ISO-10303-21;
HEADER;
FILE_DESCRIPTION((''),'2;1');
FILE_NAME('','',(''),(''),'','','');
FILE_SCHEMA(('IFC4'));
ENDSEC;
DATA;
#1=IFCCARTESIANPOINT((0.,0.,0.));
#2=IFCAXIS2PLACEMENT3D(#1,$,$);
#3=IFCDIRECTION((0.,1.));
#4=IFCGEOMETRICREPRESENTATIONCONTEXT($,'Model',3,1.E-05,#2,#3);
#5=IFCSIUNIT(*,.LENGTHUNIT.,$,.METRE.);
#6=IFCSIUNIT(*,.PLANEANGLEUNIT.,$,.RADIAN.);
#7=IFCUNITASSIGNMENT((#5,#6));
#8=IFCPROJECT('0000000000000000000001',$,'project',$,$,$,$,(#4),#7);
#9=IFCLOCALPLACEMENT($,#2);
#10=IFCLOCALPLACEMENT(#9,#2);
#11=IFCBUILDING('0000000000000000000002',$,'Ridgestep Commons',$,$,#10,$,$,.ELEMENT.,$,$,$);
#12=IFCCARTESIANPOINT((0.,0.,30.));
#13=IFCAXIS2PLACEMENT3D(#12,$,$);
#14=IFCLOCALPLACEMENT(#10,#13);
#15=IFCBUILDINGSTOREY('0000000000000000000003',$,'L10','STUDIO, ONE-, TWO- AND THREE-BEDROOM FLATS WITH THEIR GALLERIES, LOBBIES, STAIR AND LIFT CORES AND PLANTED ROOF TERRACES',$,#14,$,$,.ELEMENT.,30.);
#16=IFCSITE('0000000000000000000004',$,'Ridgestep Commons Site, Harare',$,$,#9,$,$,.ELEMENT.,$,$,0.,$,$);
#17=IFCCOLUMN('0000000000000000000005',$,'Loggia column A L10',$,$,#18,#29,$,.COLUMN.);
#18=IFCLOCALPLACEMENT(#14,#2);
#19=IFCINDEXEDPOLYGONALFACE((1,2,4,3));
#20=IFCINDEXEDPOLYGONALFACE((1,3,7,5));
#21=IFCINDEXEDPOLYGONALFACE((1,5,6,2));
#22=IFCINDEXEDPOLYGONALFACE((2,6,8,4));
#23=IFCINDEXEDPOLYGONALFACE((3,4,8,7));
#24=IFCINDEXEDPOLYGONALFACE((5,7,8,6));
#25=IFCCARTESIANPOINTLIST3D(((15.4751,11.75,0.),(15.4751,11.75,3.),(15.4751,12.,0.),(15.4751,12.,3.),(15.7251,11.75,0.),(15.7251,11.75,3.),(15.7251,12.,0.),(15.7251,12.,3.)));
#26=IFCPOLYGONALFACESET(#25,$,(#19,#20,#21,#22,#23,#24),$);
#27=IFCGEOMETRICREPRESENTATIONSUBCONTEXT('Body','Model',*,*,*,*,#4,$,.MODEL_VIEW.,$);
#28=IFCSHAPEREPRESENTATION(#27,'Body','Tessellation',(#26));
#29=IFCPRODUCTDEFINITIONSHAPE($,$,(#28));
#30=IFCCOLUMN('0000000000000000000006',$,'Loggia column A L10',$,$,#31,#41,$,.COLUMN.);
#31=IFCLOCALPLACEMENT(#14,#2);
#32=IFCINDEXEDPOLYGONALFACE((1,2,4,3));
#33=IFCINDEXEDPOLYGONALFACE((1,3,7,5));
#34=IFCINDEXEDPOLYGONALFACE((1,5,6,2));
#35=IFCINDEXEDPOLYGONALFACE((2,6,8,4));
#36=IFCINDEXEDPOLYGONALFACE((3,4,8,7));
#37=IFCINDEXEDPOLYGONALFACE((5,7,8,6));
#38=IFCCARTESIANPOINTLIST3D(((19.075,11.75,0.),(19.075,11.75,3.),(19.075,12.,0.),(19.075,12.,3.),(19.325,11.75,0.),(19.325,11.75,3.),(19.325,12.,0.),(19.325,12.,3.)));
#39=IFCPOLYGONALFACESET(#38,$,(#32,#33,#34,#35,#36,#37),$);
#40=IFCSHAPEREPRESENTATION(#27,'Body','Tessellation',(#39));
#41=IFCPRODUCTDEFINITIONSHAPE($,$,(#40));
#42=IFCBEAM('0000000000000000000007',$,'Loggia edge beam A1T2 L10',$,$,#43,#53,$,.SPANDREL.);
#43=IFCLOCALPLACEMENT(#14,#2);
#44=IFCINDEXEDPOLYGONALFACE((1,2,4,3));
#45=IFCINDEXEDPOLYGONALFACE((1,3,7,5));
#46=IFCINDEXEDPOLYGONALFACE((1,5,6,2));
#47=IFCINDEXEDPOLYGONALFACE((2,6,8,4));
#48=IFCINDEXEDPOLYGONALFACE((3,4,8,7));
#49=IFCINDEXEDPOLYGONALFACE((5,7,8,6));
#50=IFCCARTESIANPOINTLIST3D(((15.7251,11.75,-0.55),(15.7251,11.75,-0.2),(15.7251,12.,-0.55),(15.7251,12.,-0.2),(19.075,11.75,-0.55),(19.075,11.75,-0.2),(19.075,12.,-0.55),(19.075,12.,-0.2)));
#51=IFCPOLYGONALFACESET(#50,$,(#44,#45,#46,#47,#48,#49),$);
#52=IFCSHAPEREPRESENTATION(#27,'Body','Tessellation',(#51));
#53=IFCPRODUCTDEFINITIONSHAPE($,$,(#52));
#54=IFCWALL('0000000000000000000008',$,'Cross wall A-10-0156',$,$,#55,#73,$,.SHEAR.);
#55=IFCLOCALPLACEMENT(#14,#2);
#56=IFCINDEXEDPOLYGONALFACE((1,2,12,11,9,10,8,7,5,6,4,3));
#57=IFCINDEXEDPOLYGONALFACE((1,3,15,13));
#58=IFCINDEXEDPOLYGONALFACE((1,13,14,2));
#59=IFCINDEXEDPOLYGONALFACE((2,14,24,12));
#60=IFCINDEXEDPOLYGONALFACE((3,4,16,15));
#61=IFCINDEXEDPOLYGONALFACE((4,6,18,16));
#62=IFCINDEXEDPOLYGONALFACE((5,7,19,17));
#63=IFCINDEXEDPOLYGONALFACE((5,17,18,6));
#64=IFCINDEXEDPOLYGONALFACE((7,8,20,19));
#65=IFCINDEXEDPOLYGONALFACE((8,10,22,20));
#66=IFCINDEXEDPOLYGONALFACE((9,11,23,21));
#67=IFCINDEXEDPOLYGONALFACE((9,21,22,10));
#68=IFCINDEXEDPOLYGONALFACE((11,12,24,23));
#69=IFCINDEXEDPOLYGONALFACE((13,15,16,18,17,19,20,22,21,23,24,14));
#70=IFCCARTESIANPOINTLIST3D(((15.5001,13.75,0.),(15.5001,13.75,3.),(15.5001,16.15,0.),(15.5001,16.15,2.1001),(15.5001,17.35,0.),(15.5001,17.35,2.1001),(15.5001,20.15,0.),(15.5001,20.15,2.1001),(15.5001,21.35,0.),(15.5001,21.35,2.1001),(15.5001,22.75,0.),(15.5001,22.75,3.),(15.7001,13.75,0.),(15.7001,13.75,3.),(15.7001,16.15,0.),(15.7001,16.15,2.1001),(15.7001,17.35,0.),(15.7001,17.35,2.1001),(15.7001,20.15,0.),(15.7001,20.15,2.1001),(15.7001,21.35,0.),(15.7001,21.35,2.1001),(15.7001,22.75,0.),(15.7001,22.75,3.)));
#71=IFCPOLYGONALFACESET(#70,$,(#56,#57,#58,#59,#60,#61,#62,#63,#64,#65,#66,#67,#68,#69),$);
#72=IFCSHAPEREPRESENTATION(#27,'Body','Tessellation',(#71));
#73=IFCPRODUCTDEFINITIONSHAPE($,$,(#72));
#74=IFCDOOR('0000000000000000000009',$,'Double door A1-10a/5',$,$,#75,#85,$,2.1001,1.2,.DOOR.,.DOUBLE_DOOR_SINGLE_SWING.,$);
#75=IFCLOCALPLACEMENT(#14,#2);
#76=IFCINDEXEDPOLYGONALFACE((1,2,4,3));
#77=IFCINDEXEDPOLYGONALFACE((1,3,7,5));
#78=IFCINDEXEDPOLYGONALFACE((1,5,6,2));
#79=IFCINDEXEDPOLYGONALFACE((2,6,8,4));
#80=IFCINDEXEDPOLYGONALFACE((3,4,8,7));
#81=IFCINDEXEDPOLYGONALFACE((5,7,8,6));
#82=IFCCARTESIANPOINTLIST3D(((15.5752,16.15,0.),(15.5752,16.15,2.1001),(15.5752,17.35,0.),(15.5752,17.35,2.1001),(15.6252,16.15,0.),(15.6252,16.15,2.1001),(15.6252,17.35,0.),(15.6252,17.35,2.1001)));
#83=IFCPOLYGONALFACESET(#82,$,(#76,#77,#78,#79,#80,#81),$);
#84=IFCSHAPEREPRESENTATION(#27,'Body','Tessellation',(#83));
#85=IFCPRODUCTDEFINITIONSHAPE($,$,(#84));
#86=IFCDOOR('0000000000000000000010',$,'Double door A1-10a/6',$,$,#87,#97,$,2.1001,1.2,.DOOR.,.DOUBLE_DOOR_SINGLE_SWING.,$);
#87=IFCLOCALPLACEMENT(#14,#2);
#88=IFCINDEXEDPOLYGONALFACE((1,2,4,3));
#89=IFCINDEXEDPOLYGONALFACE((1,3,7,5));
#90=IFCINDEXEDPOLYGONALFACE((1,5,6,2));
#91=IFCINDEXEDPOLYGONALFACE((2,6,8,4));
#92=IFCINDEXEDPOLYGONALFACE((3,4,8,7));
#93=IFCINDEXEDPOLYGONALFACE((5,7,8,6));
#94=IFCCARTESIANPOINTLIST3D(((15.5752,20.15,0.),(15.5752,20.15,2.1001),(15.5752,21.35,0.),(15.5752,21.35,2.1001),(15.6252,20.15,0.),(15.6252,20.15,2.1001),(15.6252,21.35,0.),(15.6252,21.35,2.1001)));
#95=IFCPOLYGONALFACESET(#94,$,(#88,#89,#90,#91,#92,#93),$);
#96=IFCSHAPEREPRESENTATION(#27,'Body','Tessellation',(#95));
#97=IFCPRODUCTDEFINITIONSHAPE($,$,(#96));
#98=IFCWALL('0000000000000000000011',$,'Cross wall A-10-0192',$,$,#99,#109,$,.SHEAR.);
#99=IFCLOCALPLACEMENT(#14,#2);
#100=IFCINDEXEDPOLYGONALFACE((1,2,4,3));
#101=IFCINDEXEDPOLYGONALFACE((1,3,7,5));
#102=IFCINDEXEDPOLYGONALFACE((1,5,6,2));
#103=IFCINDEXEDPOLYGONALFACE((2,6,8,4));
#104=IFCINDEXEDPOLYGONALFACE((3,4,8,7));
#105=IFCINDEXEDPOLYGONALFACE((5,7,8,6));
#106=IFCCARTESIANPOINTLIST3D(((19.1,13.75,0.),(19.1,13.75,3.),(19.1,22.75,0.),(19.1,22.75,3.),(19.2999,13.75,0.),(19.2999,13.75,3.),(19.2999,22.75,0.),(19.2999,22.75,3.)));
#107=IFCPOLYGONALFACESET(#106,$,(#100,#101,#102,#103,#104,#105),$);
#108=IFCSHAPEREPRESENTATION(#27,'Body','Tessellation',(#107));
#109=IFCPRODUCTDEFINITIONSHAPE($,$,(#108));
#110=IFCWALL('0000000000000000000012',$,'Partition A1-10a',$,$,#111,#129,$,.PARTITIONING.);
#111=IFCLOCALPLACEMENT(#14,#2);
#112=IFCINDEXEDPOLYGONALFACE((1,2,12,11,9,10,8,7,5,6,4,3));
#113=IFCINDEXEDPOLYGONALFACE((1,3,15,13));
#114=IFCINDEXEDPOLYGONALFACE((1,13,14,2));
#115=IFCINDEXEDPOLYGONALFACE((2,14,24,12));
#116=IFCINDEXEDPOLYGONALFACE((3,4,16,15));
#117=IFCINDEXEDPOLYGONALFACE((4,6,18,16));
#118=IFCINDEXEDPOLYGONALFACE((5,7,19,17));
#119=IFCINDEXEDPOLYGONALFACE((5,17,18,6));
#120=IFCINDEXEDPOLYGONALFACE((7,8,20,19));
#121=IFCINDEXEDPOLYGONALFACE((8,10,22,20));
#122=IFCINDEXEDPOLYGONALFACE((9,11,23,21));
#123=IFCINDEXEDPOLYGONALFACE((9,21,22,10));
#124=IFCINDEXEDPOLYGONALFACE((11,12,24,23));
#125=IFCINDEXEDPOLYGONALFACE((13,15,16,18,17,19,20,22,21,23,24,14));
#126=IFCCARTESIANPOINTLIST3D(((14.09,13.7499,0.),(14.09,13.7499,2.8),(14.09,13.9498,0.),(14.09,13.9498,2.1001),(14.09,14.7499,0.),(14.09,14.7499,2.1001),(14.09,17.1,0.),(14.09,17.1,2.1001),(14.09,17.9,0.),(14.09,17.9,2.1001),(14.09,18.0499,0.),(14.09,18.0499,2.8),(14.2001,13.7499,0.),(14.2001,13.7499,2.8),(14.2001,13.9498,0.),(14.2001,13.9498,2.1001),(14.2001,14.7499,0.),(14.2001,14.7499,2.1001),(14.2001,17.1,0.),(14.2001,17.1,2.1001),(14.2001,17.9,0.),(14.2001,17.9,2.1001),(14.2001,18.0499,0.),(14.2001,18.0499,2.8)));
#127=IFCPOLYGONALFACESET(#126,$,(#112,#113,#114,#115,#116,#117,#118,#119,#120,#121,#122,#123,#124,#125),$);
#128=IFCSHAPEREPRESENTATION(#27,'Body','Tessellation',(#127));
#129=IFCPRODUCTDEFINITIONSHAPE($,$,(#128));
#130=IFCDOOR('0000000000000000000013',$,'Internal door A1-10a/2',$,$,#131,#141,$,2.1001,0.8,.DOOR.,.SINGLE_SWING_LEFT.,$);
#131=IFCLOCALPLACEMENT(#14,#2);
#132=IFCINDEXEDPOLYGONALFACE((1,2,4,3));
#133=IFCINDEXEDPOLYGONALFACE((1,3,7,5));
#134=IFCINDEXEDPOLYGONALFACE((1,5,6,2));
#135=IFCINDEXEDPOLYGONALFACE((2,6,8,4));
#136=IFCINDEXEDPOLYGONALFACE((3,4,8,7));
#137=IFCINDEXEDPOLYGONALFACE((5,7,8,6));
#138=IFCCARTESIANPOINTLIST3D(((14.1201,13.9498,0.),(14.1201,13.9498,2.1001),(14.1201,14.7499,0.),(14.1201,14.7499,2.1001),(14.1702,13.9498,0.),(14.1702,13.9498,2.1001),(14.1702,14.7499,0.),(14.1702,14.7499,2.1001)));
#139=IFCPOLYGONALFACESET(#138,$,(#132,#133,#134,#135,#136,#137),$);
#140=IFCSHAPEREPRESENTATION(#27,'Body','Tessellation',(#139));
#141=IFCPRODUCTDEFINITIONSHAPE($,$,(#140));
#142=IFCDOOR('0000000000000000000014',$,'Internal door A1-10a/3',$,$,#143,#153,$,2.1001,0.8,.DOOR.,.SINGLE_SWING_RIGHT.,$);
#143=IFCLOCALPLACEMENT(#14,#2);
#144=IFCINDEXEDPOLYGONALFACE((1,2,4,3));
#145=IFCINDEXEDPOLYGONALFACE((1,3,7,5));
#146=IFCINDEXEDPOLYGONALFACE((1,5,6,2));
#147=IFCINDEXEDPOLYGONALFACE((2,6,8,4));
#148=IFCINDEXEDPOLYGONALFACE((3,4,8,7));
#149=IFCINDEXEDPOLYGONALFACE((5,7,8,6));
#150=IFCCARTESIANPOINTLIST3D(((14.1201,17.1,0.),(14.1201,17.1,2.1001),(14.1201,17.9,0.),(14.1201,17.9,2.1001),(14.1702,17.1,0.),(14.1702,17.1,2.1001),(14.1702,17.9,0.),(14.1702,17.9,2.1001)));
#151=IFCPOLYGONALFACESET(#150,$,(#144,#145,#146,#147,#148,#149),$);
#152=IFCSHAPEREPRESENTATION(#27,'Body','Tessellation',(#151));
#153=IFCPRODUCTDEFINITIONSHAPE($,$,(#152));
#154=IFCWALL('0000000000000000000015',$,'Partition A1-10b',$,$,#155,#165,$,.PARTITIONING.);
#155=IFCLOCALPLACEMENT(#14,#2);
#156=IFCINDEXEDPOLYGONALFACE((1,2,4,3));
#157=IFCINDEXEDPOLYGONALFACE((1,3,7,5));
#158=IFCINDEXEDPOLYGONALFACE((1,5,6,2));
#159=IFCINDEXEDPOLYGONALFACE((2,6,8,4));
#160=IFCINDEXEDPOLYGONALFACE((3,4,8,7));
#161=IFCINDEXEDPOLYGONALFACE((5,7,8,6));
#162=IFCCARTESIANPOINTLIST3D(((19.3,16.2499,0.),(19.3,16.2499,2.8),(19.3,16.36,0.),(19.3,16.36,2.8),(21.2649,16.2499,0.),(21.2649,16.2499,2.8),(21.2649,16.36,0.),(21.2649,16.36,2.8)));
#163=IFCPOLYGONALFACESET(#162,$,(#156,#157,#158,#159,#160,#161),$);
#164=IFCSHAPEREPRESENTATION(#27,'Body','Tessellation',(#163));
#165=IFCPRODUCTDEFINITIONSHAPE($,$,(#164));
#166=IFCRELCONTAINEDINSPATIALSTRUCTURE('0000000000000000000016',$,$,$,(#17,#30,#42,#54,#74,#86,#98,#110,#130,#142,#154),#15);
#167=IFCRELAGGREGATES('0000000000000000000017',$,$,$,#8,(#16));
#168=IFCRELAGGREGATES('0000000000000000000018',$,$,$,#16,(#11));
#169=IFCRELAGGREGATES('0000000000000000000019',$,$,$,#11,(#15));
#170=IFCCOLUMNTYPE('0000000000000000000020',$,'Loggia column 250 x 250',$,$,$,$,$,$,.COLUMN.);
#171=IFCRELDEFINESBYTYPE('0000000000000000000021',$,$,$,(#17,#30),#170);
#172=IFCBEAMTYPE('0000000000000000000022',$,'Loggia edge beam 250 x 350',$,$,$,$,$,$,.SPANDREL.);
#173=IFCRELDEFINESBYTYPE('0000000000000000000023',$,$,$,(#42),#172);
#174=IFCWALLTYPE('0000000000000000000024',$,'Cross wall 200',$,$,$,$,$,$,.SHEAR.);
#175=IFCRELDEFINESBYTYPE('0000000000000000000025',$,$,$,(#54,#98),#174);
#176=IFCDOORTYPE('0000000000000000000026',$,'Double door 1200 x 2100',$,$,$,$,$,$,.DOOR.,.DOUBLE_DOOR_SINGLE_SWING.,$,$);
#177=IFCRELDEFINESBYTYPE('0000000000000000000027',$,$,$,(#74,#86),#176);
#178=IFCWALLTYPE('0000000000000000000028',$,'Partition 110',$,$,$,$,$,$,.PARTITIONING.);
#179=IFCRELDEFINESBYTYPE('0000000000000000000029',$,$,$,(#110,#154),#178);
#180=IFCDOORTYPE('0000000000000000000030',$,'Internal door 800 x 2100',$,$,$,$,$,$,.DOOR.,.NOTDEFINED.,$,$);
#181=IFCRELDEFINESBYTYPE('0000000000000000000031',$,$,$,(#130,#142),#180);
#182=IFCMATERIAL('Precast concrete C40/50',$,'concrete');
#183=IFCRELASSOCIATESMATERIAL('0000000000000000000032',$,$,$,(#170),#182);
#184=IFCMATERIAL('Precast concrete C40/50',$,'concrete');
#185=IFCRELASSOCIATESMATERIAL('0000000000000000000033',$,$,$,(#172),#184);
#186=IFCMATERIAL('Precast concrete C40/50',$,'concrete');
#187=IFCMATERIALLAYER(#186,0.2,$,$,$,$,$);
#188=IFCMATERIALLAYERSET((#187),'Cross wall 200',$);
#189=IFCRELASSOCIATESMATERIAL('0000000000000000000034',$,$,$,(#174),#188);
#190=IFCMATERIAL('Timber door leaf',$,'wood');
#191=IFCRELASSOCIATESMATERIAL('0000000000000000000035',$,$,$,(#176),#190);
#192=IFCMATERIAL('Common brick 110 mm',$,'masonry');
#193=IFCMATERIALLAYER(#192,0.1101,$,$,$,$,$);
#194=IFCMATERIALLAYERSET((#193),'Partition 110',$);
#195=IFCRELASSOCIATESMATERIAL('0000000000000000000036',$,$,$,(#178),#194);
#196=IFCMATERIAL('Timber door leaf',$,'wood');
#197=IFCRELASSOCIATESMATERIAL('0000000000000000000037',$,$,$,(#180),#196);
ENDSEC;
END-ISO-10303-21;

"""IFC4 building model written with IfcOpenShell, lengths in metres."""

from ifc_helpers import new_model, si_unit, direction, frame, frame_2d, origin, origin_2d, place, context, subcontext, project, spatial, rectangle, extrude, material, layer, layer_set, material_profile, profile_set, type_object, element, fill, save


model = new_model("IFC4")

# Units and contexts
model_context = context("Model", 3, precision=1e-05, world=origin(), true_north=direction((0.0, 1.0)))
body_context = subcontext(model_context, "Body", "Model", "MODEL_VIEW")
ifc_project = project(units=[si_unit("LENGTHUNIT", "METRE"), si_unit("PLANEANGLEUNIT", "RADIAN")], contexts=[model_context])

# Site, building, storey
site_placement = place(None, origin())
site = spatial("IfcSite", under=ifc_project, at=site_placement, Name="Ridgestep Commons Site, Harare", CompositionType="ELEMENT", RefElevation=0.0)
building_placement = place(site_placement, origin())
building = spatial("IfcBuilding", under=site, at=building_placement, Name="Ridgestep Commons", CompositionType="ELEMENT")
storey_placement = place(building_placement, frame((0.0, 0.0, 30.0)))
storey = spatial("IfcBuildingStorey", under=building, at=storey_placement, Name="L10", Description="STUDIO, ONE-, TWO- AND THREE-BEDROOM FLATS WITH THEIR GALLERIES, LOBBIES, STAIR AND LIFT CORES AND PLANTED ROOF TERRACES", CompositionType="ELEMENT", Elevation=30.0)

# Columns
ifc_material_1 = material(Name="Precast concrete C40/50", Category="concrete")
ifc_material_profile_1 = material_profile(ifc_material_1, rectangle(XDim=0.25, YDim=0.25, at=origin_2d()), Name="PC 250x250")
ifc_profile_set_1 = profile_set([ifc_material_profile_1], Name="Precast concrete C40/50")
column_type = type_object("IfcColumnType", Name="Loggia column 250 x 250", PredefinedType="COLUMN", material=ifc_profile_set_1)
for number, where, z_axis, x_axis, name in (
    (1, (15.6001, 11.875, 0.0), (0.0, 0.0, 1.0), (1.0, 0.0, 0.0), "Loggia column A L10"),
    (2, (19.2, 11.875, 0.0), (0.0, 0.0, 1.0), (1.0, 0.0, 0.0), "Loggia column A L10"),
):
    element("IfcColumn", number, at=place(storey_placement, frame(where, z_axis=z_axis, x_axis=x_axis)), inside=storey, type_object=column_type, Name=name, PredefinedType="COLUMN", context=body_context, shape_type="SweptSolid", body=[
        extrude(rectangle(XDim=0.25, YDim=0.25, at=origin_2d()), origin(), (0.0, 0.0, 1.0), 3.0),
    ])

# Beam
ifc_material_2 = material(Name="Precast concrete C40/50", Category="concrete")
ifc_material_profile_2 = material_profile(ifc_material_2, rectangle(XDim=0.25, YDim=0.3501, at=origin_2d()), Name="PC 250x350")
ifc_profile_set_2 = profile_set([ifc_material_profile_2], Name="Precast concrete C40/50")
beam_type = type_object("IfcBeamType", Name="Loggia edge beam 250 x 350", PredefinedType="SPANDREL", material=ifc_profile_set_2)
beam_placement = place(storey_placement, frame((15.7251, 11.875, -0.375), z_axis=(1.0, 0.0, 0.0), x_axis=(0.0, 1.0, 0.0)))
element("IfcBeam", 3, at=beam_placement, inside=storey, type_object=beam_type, Name="Loggia edge beam A1T2 L10", PredefinedType="SPANDREL", context=body_context, shape_type="SweptSolid", body=[
    extrude(rectangle(XDim=0.25, YDim=0.3501, at=origin_2d()), origin(), (0.0, 0.0, 1.0), 3.3499),
])

# Wall, openings, doors
ifc_material_3 = material(Name="Precast concrete C40/50", Category="concrete")
ifc_layer_1 = layer(ifc_material_3, 0.2)
ifc_layer_set_1 = layer_set([ifc_layer_1], Name="Cross wall 200")
wall_type_1 = type_object("IfcWallType", Name="Cross wall 200", PredefinedType="SHEAR", material=ifc_layer_set_1)
wall_1_placement = place(storey_placement, frame((15.6001, 13.75, 0.0), z_axis=(0.0, 0.0, 1.0), x_axis=(0.0, 1.0, 0.0)))
wall_1 = element("IfcWall", 4, at=wall_1_placement, inside=storey, type_object=wall_type_1, Name="Cross wall A-10-0156", PredefinedType="SHEAR", context=body_context, shape_type="SweptSolid", body=[
    extrude(rectangle(XDim=9.0, YDim=0.2, at=frame_2d((4.5, 0.0))), origin(), (0.0, 0.0, 1.0), 3.0),
])
opening_1_placement = place(wall_1_placement, frame((2.3999, 0.0, 0.0)))
opening_1 = element("IfcOpeningElement", 5, at=opening_1_placement, cuts=wall_1, PredefinedType="OPENING", context=body_context, shape_type="SweptSolid", body=[
    extrude(rectangle(XDim=1.2, YDim=2.1001, at=frame_2d((0.6001, 1.05))), frame((0.0, 0.1099, 0.0), z_axis=(0.0, -1.0, 0.0), x_axis=(1.0, 0.0, 0.0)), (0.0, 0.0, 1.0), 0.22),
])
opening_2_placement = place(wall_1_placement, frame((6.3999, 0.0, 0.0)))
opening_2 = element("IfcOpeningElement", 6, at=opening_2_placement, cuts=wall_1, PredefinedType="OPENING", context=body_context, shape_type="SweptSolid", body=[
    extrude(rectangle(XDim=1.2, YDim=2.1001, at=frame_2d((0.6001, 1.05))), frame((0.0, 0.1099, 0.0), z_axis=(0.0, -1.0, 0.0), x_axis=(1.0, 0.0, 0.0)), (0.0, 0.0, 1.0), 0.22),
])
ifc_material_4 = material(Name="Timber door leaf", Category="wood")
door_type_1 = type_object("IfcDoorType", Name="Double door 1200 x 2100", OperationType="DOUBLE_DOOR_SINGLE_SWING", PredefinedType="DOOR", material=ifc_material_4)
door_1_placement = place(opening_1_placement, origin())
door_1 = element("IfcDoor", 7, at=door_1_placement, inside=storey, type_object=door_type_1, Name="Double door A1-10a/5", OperationType="DOUBLE_DOOR_SINGLE_SWING", OverallHeight=2.1001, OverallWidth=1.2, PredefinedType="DOOR", context=body_context, shape_type="SweptSolid", body=[
    extrude(rectangle(XDim=1.2, YDim=2.1001, at=frame_2d((0.6001, 1.05))), frame((0.0, 0.0249, 0.0), z_axis=(0.0, -1.0, 0.0), x_axis=(1.0, 0.0, 0.0)), (0.0, 0.0, 1.0), 0.05),
])
fill(opening_1, door_1)
door_2_placement = place(opening_2_placement, origin())
door_2 = element("IfcDoor", 8, at=door_2_placement, inside=storey, type_object=door_type_1, Name="Double door A1-10a/6", OperationType="DOUBLE_DOOR_SINGLE_SWING", OverallHeight=2.1001, OverallWidth=1.2, PredefinedType="DOOR", context=body_context, shape_type="SweptSolid", body=[
    extrude(rectangle(XDim=1.2, YDim=2.1001, at=frame_2d((0.6001, 1.05))), frame((0.0, 0.0249, 0.0), z_axis=(0.0, -1.0, 0.0), x_axis=(1.0, 0.0, 0.0)), (0.0, 0.0, 1.0), 0.05),
])
fill(opening_2, door_2)

# Wall
wall_2_placement = place(storey_placement, frame((19.2, 13.75, 0.0), z_axis=(0.0, 0.0, 1.0), x_axis=(0.0, 1.0, 0.0)))
element("IfcWall", 9, at=wall_2_placement, inside=storey, type_object=wall_type_1, Name="Cross wall A-10-0192", PredefinedType="SHEAR", context=body_context, shape_type="SweptSolid", body=[
    extrude(rectangle(XDim=9.0, YDim=0.2, at=frame_2d((4.5, 0.0))), origin(), (0.0, 0.0, 1.0), 3.0),
])

# Wall, openings, doors
ifc_material_5 = material(Name="Common brick 110 mm", Category="masonry")
ifc_layer_2 = layer(ifc_material_5, 0.1101)
ifc_layer_set_2 = layer_set([ifc_layer_2], Name="Partition 110")
wall_type_2 = type_object("IfcWallType", Name="Partition 110", PredefinedType="PARTITIONING", material=ifc_layer_set_2)
wall_3_placement = place(storey_placement, frame((14.145, 13.75, 0.0), z_axis=(0.0, 0.0, 1.0), x_axis=(0.0, 1.0, 0.0)))
wall_3 = element("IfcWall", 10, at=wall_3_placement, inside=storey, type_object=wall_type_2, Name="Partition A1-10a", PredefinedType="PARTITIONING", context=body_context, shape_type="SweptSolid", body=[
    extrude(rectangle(XDim=4.3, YDim=0.1101, at=frame_2d((2.1499, 0.0))), origin(), (0.0, 0.0, 1.0), 2.8),
])
opening_3_placement = place(wall_3_placement, frame((0.2, 0.0, 0.0)))
opening_3 = element("IfcOpeningElement", 11, at=opening_3_placement, cuts=wall_3, PredefinedType="OPENING", context=body_context, shape_type="SweptSolid", body=[
    extrude(rectangle(XDim=0.8, YDim=2.1001, at=frame_2d((0.3999, 1.05))), frame((0.0, 0.0649, 0.0), z_axis=(0.0, -1.0, 0.0), x_axis=(1.0, 0.0, 0.0)), (0.0, 0.0, 1.0), 0.1301),
])
opening_4_placement = place(wall_3_placement, frame((3.3501, 0.0, 0.0)))
opening_4 = element("IfcOpeningElement", 12, at=opening_4_placement, cuts=wall_3, PredefinedType="OPENING", context=body_context, shape_type="SweptSolid", body=[
    extrude(rectangle(XDim=0.8, YDim=2.1001, at=frame_2d((0.3999, 1.05))), frame((0.0, 0.0649, 0.0), z_axis=(0.0, -1.0, 0.0), x_axis=(1.0, 0.0, 0.0)), (0.0, 0.0, 1.0), 0.1301),
])
ifc_material_6 = material(Name="Timber door leaf", Category="wood")
door_type_2 = type_object("IfcDoorType", Name="Internal door 800 x 2100", OperationType="NOTDEFINED", PredefinedType="DOOR", material=ifc_material_6)
door_3_placement = place(opening_3_placement, origin())
door_3 = element("IfcDoor", 13, at=door_3_placement, inside=storey, type_object=door_type_2, Name="Internal door A1-10a/2", OperationType="SINGLE_SWING_LEFT", OverallHeight=2.1001, OverallWidth=0.8, PredefinedType="DOOR", context=body_context, shape_type="SweptSolid", body=[
    extrude(rectangle(XDim=0.8, YDim=2.1001, at=frame_2d((0.3999, 1.05))), frame((0.0, 0.0249, 0.0), z_axis=(0.0, -1.0, 0.0), x_axis=(1.0, 0.0, 0.0)), (0.0, 0.0, 1.0), 0.05),
])
fill(opening_3, door_3)
door_4_placement = place(opening_4_placement, origin())
door_4 = element("IfcDoor", 14, at=door_4_placement, inside=storey, type_object=door_type_2, Name="Internal door A1-10a/3", OperationType="SINGLE_SWING_RIGHT", OverallHeight=2.1001, OverallWidth=0.8, PredefinedType="DOOR", context=body_context, shape_type="SweptSolid", body=[
    extrude(rectangle(XDim=0.8, YDim=2.1001, at=frame_2d((0.3999, 1.05))), frame((0.0, 0.0249, 0.0), z_axis=(0.0, -1.0, 0.0), x_axis=(1.0, 0.0, 0.0)), (0.0, 0.0, 1.0), 0.05),
])
fill(opening_4, door_4)

# Wall
wall_4_placement = place(storey_placement, frame((19.3, 16.3049, 0.0), z_axis=(0.0, 0.0, 1.0), x_axis=(1.0, 0.0, 0.0)))
element("IfcWall", 15, at=wall_4_placement, inside=storey, type_object=wall_type_2, Name="Partition A1-10b", PredefinedType="PARTITIONING", context=body_context, shape_type="SweptSolid", body=[
    extrude(rectangle(XDim=1.9648, YDim=0.1101, at=frame_2d((0.9824, 0.0))), origin(), (0.0, 0.0, 1.0), 2.8),
])

save(model, "model.ifc")
